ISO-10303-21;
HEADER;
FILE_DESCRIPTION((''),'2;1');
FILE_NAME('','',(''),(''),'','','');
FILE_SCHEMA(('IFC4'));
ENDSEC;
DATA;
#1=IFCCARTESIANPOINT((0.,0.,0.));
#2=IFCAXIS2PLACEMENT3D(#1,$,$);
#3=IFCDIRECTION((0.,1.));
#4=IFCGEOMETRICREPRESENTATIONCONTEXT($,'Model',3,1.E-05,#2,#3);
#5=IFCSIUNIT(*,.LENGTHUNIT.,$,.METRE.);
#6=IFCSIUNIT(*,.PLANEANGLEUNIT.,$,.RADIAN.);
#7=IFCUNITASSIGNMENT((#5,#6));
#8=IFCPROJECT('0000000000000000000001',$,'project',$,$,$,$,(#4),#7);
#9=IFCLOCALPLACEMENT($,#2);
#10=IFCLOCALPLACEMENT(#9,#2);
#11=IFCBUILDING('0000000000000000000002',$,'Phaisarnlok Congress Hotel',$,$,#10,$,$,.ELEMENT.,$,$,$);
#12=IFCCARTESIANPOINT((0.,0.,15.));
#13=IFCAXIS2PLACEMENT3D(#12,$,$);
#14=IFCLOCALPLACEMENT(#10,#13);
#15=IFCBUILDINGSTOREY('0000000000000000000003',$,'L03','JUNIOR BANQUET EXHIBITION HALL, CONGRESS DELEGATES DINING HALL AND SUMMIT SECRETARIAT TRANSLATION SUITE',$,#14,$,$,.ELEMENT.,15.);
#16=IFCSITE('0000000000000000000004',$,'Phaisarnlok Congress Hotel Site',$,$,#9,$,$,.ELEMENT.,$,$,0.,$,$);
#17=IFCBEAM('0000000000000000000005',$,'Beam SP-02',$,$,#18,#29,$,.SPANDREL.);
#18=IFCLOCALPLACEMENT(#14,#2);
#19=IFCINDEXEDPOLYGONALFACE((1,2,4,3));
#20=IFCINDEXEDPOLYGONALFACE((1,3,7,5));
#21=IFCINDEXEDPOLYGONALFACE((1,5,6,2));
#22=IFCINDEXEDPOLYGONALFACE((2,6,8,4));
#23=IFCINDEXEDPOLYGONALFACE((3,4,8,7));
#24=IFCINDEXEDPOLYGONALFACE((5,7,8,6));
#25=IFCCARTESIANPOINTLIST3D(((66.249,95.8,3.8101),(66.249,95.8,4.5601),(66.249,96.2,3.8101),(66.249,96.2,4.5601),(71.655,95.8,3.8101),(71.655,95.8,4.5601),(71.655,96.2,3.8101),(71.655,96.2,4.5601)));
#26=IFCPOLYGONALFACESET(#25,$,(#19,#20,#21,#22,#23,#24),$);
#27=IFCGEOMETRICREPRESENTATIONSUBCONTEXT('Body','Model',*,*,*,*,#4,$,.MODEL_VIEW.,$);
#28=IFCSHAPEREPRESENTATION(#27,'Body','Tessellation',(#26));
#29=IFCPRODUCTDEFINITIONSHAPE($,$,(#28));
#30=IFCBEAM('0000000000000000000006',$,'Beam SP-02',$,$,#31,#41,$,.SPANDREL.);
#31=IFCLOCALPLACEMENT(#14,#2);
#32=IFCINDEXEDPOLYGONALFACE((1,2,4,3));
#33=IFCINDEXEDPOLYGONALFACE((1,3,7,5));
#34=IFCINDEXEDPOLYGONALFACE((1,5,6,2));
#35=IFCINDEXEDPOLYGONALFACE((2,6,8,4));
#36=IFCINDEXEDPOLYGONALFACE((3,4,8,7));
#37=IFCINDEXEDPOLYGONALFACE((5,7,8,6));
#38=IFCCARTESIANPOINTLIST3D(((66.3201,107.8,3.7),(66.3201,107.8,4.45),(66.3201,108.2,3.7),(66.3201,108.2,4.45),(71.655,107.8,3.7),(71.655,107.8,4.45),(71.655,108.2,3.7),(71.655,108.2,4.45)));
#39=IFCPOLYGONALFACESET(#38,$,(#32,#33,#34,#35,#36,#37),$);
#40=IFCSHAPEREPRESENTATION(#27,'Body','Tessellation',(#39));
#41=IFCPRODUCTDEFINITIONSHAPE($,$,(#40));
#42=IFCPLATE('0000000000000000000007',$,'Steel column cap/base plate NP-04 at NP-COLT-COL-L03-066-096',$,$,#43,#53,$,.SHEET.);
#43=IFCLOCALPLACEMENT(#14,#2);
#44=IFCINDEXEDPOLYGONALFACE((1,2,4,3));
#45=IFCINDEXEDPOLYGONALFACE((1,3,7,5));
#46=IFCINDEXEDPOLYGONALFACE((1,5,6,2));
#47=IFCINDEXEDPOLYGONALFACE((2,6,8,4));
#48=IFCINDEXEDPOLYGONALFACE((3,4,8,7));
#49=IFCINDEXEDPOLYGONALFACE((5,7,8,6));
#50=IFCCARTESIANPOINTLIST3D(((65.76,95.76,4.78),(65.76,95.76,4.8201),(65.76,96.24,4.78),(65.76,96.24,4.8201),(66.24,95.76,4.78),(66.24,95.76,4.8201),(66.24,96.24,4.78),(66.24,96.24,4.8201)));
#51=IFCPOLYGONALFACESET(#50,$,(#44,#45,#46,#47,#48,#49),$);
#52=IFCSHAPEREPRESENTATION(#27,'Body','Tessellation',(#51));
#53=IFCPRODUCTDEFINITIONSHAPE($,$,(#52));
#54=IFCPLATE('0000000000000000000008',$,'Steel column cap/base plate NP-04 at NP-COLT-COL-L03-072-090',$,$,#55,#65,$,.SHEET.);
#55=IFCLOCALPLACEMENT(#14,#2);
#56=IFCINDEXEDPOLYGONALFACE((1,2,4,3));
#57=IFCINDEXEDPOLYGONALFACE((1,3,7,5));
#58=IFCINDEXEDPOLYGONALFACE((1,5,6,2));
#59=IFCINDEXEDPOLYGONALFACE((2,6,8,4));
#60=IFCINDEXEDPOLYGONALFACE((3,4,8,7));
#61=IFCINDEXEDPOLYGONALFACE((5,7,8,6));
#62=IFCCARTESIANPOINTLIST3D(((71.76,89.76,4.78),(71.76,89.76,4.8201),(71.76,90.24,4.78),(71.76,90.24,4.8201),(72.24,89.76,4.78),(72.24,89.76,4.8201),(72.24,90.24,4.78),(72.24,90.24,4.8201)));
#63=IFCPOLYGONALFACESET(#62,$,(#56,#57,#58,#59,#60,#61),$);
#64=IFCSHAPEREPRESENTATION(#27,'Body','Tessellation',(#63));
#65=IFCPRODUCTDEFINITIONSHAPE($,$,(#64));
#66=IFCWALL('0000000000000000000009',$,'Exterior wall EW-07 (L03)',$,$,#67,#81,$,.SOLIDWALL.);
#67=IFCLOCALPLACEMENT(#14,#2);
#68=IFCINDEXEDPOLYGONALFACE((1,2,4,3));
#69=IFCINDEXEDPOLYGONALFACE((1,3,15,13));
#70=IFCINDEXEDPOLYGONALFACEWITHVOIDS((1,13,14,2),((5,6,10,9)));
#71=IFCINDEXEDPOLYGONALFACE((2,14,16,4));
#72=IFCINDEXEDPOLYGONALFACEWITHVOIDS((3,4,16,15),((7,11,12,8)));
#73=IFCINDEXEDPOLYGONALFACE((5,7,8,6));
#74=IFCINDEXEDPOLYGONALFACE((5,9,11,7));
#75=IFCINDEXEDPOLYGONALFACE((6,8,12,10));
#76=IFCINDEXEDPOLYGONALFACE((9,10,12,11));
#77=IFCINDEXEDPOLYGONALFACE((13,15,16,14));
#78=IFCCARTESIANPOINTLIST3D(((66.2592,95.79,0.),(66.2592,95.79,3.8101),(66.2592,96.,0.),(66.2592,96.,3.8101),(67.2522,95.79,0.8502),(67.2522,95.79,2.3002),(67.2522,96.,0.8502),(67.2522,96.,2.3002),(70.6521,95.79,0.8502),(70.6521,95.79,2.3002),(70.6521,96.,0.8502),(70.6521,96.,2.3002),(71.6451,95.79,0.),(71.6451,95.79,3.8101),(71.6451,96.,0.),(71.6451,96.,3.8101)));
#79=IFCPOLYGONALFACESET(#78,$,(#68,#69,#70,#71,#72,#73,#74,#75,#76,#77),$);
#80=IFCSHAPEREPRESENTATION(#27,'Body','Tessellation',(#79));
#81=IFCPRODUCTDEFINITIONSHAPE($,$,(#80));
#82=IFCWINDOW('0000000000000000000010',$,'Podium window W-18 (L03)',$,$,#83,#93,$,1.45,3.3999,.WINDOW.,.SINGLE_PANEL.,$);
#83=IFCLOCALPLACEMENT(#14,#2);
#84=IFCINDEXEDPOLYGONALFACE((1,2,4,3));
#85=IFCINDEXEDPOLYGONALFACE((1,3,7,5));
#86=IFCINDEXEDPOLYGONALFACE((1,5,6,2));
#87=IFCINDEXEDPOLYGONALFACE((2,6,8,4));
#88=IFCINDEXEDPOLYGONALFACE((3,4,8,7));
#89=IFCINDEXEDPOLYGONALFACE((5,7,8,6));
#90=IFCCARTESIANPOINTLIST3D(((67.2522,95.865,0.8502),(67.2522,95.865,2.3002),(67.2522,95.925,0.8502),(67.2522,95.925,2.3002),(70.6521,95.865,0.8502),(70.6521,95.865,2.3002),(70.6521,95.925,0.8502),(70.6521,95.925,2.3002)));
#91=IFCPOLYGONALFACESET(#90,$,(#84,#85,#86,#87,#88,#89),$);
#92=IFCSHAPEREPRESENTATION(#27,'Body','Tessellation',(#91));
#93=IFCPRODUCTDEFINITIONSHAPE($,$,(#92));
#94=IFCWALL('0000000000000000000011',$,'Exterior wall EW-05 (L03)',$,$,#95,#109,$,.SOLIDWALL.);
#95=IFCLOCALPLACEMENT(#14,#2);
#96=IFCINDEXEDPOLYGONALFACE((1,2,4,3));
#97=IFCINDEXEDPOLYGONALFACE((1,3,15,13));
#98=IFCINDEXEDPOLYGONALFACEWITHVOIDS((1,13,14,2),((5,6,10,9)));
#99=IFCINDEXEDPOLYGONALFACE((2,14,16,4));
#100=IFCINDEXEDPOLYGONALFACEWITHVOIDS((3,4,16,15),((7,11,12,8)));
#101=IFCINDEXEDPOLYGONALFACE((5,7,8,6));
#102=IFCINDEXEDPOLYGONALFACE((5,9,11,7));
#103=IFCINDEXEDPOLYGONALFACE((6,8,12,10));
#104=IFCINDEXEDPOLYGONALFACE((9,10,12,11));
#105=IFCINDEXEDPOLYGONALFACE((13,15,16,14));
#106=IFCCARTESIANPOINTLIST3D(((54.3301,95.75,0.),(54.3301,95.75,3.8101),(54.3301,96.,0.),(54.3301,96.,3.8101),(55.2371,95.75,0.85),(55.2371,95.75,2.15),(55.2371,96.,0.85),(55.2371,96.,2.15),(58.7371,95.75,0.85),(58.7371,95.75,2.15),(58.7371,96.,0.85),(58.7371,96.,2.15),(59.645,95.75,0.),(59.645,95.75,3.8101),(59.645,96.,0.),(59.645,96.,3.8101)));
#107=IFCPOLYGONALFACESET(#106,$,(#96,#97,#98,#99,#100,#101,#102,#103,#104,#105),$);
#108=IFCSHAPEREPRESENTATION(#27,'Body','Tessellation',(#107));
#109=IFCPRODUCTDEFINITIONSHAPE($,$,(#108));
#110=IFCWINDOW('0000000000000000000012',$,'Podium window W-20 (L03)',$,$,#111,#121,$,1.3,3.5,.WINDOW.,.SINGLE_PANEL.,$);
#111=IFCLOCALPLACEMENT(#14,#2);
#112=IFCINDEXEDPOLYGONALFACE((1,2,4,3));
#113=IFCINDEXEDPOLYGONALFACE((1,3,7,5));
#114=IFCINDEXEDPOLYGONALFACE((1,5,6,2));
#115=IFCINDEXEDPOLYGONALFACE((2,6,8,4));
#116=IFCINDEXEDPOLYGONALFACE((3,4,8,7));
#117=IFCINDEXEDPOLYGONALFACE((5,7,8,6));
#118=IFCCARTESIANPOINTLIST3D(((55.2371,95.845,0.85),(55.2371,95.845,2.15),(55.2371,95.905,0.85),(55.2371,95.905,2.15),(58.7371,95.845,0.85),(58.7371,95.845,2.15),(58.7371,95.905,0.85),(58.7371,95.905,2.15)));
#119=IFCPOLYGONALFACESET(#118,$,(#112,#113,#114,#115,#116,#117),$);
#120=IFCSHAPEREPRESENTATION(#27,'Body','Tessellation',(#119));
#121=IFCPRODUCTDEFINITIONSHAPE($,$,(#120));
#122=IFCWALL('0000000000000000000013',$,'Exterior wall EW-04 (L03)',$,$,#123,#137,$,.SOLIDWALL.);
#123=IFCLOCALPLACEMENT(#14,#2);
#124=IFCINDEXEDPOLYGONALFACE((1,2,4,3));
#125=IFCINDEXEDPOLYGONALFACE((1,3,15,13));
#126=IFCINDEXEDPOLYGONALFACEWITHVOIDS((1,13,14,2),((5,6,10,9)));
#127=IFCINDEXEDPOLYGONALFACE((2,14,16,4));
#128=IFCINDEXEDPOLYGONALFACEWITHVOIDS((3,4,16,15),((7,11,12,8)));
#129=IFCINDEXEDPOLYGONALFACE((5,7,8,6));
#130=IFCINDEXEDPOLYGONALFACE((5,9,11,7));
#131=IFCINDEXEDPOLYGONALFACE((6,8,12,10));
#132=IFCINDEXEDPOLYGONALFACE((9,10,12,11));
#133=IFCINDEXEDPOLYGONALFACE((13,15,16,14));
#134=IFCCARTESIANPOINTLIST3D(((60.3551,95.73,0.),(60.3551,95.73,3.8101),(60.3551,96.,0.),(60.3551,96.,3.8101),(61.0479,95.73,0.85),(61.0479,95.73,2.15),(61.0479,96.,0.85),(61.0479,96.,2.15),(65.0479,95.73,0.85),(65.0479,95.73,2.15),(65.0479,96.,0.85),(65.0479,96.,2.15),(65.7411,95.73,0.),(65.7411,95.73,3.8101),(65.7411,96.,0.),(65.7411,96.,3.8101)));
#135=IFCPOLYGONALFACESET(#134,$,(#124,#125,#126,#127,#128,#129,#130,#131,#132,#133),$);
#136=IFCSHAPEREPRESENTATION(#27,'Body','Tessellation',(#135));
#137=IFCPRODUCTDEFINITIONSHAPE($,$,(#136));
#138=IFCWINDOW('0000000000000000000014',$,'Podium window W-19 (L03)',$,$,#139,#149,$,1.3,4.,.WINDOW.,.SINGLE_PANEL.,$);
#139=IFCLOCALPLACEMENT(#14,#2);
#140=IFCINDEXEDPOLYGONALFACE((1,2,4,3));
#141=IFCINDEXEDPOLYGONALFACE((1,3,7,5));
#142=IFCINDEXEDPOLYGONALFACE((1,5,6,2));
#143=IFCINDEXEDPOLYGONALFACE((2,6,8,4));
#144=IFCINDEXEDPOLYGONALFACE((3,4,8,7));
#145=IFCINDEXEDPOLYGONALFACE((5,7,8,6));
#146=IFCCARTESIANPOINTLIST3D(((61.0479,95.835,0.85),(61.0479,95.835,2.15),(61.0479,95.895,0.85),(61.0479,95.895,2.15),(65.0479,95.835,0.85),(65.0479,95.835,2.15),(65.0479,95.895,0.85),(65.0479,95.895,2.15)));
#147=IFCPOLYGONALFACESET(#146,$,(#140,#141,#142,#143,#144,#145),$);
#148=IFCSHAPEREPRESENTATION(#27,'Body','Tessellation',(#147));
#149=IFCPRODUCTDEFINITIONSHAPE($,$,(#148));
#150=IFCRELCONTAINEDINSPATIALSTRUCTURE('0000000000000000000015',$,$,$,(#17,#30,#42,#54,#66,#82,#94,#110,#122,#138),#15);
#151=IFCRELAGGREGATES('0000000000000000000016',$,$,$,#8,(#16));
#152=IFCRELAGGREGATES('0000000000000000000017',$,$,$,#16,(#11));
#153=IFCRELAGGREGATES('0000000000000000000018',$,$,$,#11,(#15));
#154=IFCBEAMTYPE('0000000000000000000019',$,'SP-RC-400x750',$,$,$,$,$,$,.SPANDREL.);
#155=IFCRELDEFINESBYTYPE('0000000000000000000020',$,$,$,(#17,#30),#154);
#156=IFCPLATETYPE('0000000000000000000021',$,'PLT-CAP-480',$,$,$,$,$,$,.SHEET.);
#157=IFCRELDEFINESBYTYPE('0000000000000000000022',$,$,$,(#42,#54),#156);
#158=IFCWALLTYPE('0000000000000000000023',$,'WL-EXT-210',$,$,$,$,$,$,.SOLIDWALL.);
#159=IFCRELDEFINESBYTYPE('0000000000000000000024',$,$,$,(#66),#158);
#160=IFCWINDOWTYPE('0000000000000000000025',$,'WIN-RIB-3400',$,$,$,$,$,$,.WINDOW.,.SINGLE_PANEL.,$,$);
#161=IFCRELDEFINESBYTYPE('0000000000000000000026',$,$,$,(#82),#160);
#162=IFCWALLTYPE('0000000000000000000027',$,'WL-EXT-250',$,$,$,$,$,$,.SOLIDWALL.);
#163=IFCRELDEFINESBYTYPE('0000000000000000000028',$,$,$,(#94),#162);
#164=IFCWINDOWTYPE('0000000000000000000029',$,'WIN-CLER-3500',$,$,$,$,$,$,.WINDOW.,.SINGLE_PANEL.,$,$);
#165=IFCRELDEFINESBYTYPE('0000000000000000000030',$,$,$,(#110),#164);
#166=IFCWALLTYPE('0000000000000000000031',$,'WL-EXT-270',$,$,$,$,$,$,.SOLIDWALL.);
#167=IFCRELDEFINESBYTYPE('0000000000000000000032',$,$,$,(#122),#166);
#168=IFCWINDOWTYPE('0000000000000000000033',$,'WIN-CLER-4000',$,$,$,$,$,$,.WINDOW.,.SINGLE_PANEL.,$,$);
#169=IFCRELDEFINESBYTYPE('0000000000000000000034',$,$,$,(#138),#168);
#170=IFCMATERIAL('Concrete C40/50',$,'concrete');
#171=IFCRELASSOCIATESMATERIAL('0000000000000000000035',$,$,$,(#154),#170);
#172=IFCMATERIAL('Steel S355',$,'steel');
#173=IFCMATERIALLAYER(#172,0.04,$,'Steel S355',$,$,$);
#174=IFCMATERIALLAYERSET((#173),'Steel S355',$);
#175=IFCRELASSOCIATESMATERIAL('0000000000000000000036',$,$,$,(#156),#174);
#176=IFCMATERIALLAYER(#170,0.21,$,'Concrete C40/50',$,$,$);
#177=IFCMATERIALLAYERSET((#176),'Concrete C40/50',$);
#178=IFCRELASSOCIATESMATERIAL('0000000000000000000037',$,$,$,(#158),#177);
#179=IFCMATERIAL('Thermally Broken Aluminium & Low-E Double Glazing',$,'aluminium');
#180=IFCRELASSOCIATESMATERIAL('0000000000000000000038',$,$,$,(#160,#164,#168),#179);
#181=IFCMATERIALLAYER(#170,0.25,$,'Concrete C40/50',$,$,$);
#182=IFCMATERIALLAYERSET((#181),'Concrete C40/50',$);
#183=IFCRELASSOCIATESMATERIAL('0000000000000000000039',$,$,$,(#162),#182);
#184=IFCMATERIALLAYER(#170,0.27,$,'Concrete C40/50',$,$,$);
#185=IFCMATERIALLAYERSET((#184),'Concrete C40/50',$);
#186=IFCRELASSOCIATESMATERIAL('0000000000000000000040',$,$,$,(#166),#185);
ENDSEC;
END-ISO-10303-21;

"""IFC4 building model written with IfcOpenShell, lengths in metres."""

from ifc_helpers import new_model, si_unit, direction, frame, frame_2d, origin, origin_2d, place, context, subcontext, project, spatial, rectangle, extrude, material, layer, layer_set, material_profile, profile_set, type_object, element, fill, save


model = new_model("IFC4")

# Units and contexts
model_context = context("Model", 3, precision=1e-05, world=origin(), true_north=direction((0.0, 1.0)))
body_context = subcontext(model_context, "Body", "Model", "MODEL_VIEW")
ifc_project = project(units=[si_unit("LENGTHUNIT", "METRE"), si_unit("PLANEANGLEUNIT", "RADIAN")], contexts=[model_context])

# Site, building, storey
site_placement = place(None, origin())
site = spatial("IfcSite", under=ifc_project, at=site_placement, Name="Phaisarnlok Congress Hotel Site", CompositionType="ELEMENT", RefElevation=0.0)
building_placement = place(site_placement, origin())
building = spatial("IfcBuilding", under=site, at=building_placement, Name="Phaisarnlok Congress Hotel", CompositionType="ELEMENT")
storey_placement = place(building_placement, frame((0.0, 0.0, 15.0)))
storey = spatial("IfcBuildingStorey", under=building, at=storey_placement, Name="L03", Description="JUNIOR BANQUET EXHIBITION HALL, CONGRESS DELEGATES DINING HALL AND SUMMIT SECRETARIAT TRANSLATION SUITE", CompositionType="ELEMENT", Elevation=15.0)

# Shared definitions
ifc_material_1 = material(Name="Steel S355", Category="steel")

# Beams
ifc_material_2 = material(Name="Concrete C40/50", Category="concrete")
ifc_material_profile_1 = material_profile(ifc_material_2, rectangle(XDim=0.3999, YDim=0.75, at=origin_2d()), Name="RC 400x750")
ifc_profile_set_1 = profile_set([ifc_material_profile_1], Name="Concrete C40/50")
beam_type_1 = type_object("IfcBeamType", Name="SP-RC-400x750", PredefinedType="SPANDREL", material=ifc_profile_set_1)
for number, where, z_axis, x_axis, name in (
    (1, (66.249, 96.0, 4.1851), (1.0, 0.0, 0.0), (0.0, 1.0, 0.0), "Beam SP-02"),
):
    element("IfcBeam", number, at=place(storey_placement, frame(where, z_axis=z_axis, x_axis=x_axis)), inside=storey, type_object=beam_type_1, Name=name, PredefinedType="SPANDREL", context=body_context, shape_type="SweptSolid", body=[
        extrude(rectangle(XDim=0.3999, YDim=0.75, at=origin_2d()), origin(), (0.0, 0.0, 1.0), 5.406),
    ])
beam_placement = place(storey_placement, frame((66.3201, 108.0, 4.075), z_axis=(1.0, 0.0, 0.0), x_axis=(0.0, 1.0, 0.0)))
element("IfcBeam", 2, at=beam_placement, inside=storey, type_object=beam_type_1, Name="Beam SP-02", PredefinedType="SPANDREL", context=body_context, shape_type="SweptSolid", body=[
    extrude(rectangle(XDim=0.3999, YDim=0.75, at=origin_2d()), origin(), (0.0, 0.0, 1.0), 5.335),
])

# Plates
ifc_layer_1 = layer(ifc_material_1, 0.04, Name="Steel S355")
ifc_layer_set_1 = layer_set([ifc_layer_1], Name="Steel S355")
plate_type = type_object("IfcPlateType", Name="PLT-CAP-480", PredefinedType="SHEET", material=ifc_layer_set_1)
for number, where, z_axis, x_axis, name in (
    (3, (66.0, 96.0, 4.78), (0.0, 0.0, 1.0), (1.0, 0.0, 0.0), "Steel column cap/base plate NP-04 at NP-COLT-COL-L03-066-096"),
    (4, (72.0, 90.0, 4.78), (0.0, 0.0, 1.0), (1.0, 0.0, 0.0), "Steel column cap/base plate NP-04 at NP-COLT-COL-L03-072-090"),
):
    element("IfcPlate", number, at=place(storey_placement, frame(where, z_axis=z_axis, x_axis=x_axis)), inside=storey, type_object=plate_type, Name=name, PredefinedType="SHEET", context=body_context, shape_type="SweptSolid", body=[
        extrude(rectangle(XDim=0.48, YDim=0.48, at=origin_2d()), origin(), (0.0, 0.0, 1.0), 0.04),
    ])

# Walls, openings, windows
ifc_layer_2 = layer(ifc_material_2, 0.21, Name="Concrete C40/50")
ifc_layer_set_2 = layer_set([ifc_layer_2], Name="Concrete C40/50")
wall_type_1 = type_object("IfcWallType", Name="WL-EXT-210", PredefinedType="SOLIDWALL", material=ifc_layer_set_2)
wall_1_placement = place(storey_placement, frame((71.645, 95.895, 0.0), z_axis=(0.0, 0.0, 1.0), x_axis=(-1.0, 0.0, 0.0)))
wall_1 = element("IfcWall", 5, at=wall_1_placement, inside=storey, type_object=wall_type_1, Name="Exterior wall EW-07 (L03)", PredefinedType="SOLIDWALL", context=body_context, shape_type="SweptSolid", body=[
    extrude(rectangle(XDim=5.386, YDim=0.21, at=frame_2d((2.6929, 0.0))), origin(), (0.0, 0.0, 1.0), 3.8101),
])
opening_1_placement = place(wall_1_placement, frame((0.9929, 0.0, 0.8501)))
opening_1 = element("IfcOpeningElement", 6, at=opening_1_placement, cuts=wall_1, PredefinedType="OPENING", context=body_context, shape_type="SweptSolid", body=[
    extrude(rectangle(XDim=3.3999, YDim=1.45, at=frame_2d((1.7, 0.7251))), frame((0.0, 0.115, 0.0), z_axis=(0.0, -1.0, 0.0), x_axis=(1.0, 0.0, 0.0)), (0.0, 0.0, 1.0), 0.23),
])
ifc_material_3 = material(Name="Thermally Broken Aluminium & Low-E Double Glazing", Category="aluminium")
window_type_1 = type_object("IfcWindowType", Name="WIN-RIB-3400", PartitioningType="SINGLE_PANEL", PredefinedType="WINDOW", material=ifc_material_3)
window_1_placement = place(opening_1_placement, origin())
window_1 = element("IfcWindow", 7, at=window_1_placement, inside=storey, type_object=window_type_1, Name="Podium window W-18 (L03)", OverallHeight=1.45, OverallWidth=3.3999, PartitioningType="SINGLE_PANEL", PredefinedType="WINDOW", context=body_context, shape_type="SweptSolid", body=[
    extrude(rectangle(XDim=3.3999, YDim=1.45, at=frame_2d((1.7, 0.7251))), frame((0.0, 0.03, 0.0), z_axis=(0.0, -1.0, 0.0), x_axis=(1.0, 0.0, 0.0)), (0.0, 0.0, 1.0), 0.0601),
])
fill(opening_1, window_1)
ifc_layer_3 = layer(ifc_material_2, 0.25, Name="Concrete C40/50")
ifc_layer_set_3 = layer_set([ifc_layer_3], Name="Concrete C40/50")
wall_type_2 = type_object("IfcWallType", Name="WL-EXT-250", PredefinedType="SOLIDWALL", material=ifc_layer_set_3)
wall_2_placement = place(storey_placement, frame((59.645, 95.875, 0.0), z_axis=(0.0, 0.0, 1.0), x_axis=(-1.0, 0.0, 0.0)))
wall_2 = element("IfcWall", 8, at=wall_2_placement, inside=storey, type_object=wall_type_2, Name="Exterior wall EW-05 (L03)", PredefinedType="SOLIDWALL", context=body_context, shape_type="SweptSolid", body=[
    extrude(rectangle(XDim=5.3149, YDim=0.25, at=frame_2d((2.6575, 0.0))), origin(), (0.0, 0.0, 1.0), 3.8101),
])
opening_2_placement = place(wall_2_placement, frame((0.908, 0.0, 0.8501)))
opening_2 = element("IfcOpeningElement", 9, at=opening_2_placement, cuts=wall_2, PredefinedType="OPENING", context=body_context, shape_type="SweptSolid", body=[
    extrude(rectangle(XDim=3.5, YDim=1.3, at=frame_2d((1.75, 0.6499))), frame((0.0, 0.135, 0.0), z_axis=(0.0, -1.0, 0.0), x_axis=(1.0, 0.0, 0.0)), (0.0, 0.0, 1.0), 0.27),
])
window_type_2 = type_object("IfcWindowType", Name="WIN-CLER-3500", PartitioningType="SINGLE_PANEL", PredefinedType="WINDOW", material=ifc_material_3)
window_2_placement = place(opening_2_placement, origin())
window_2 = element("IfcWindow", 10, at=window_2_placement, inside=storey, type_object=window_type_2, Name="Podium window W-20 (L03)", OverallHeight=1.3, OverallWidth=3.5, PartitioningType="SINGLE_PANEL", PredefinedType="WINDOW", context=body_context, shape_type="SweptSolid", body=[
    extrude(rectangle(XDim=3.5, YDim=1.3, at=frame_2d((1.75, 0.6499))), frame((0.0, 0.03, 0.0), z_axis=(0.0, -1.0, 0.0), x_axis=(1.0, 0.0, 0.0)), (0.0, 0.0, 1.0), 0.0601),
])
fill(opening_2, window_2)
ifc_layer_4 = layer(ifc_material_2, 0.27, Name="Concrete C40/50")
ifc_layer_set_4 = layer_set([ifc_layer_4], Name="Concrete C40/50")
wall_type_3 = type_object("IfcWallType", Name="WL-EXT-270", PredefinedType="SOLIDWALL", material=ifc_layer_set_4)
wall_3_placement = place(storey_placement, frame((65.741, 95.865, 0.0), z_axis=(0.0, 0.0, 1.0), x_axis=(-1.0, 0.0, 0.0)))
wall_3 = element("IfcWall", 11, at=wall_3_placement, inside=storey, type_object=wall_type_3, Name="Exterior wall EW-04 (L03)", PredefinedType="SOLIDWALL", context=body_context, shape_type="SweptSolid", body=[
    extrude(rectangle(XDim=5.386, YDim=0.27, at=frame_2d((2.6929, 0.0))), origin(), (0.0, 0.0, 1.0), 3.8101),
])
opening_3_placement = place(wall_3_placement, frame((0.6931, 0.0, 0.8501)))
opening_3 = element("IfcOpeningElement", 12, at=opening_3_placement, cuts=wall_3, PredefinedType="OPENING", context=body_context, shape_type="SweptSolid", body=[
    extrude(rectangle(XDim=4.0, YDim=1.3, at=frame_2d((2.0, 0.6499))), frame((0.0, 0.145, 0.0), z_axis=(0.0, -1.0, 0.0), x_axis=(1.0, 0.0, 0.0)), (0.0, 0.0, 1.0), 0.29),
])
window_type_3 = type_object("IfcWindowType", Name="WIN-CLER-4000", PartitioningType="SINGLE_PANEL", PredefinedType="WINDOW", material=ifc_material_3)
window_3_placement = place(opening_3_placement, origin())
window_3 = element("IfcWindow", 13, at=window_3_placement, inside=storey, type_object=window_type_3, Name="Podium window W-19 (L03)", OverallHeight=1.3, OverallWidth=4.0, PartitioningType="SINGLE_PANEL", PredefinedType="WINDOW", context=body_context, shape_type="SweptSolid", body=[
    extrude(rectangle(XDim=4.0, YDim=1.3, at=frame_2d((2.0, 0.6499))), frame((0.0, 0.03, 0.0), z_axis=(0.0, -1.0, 0.0), x_axis=(1.0, 0.0, 0.0)), (0.0, 0.0, 1.0), 0.0601),
])
fill(opening_3, window_3)

save(model, "model.ifc")
